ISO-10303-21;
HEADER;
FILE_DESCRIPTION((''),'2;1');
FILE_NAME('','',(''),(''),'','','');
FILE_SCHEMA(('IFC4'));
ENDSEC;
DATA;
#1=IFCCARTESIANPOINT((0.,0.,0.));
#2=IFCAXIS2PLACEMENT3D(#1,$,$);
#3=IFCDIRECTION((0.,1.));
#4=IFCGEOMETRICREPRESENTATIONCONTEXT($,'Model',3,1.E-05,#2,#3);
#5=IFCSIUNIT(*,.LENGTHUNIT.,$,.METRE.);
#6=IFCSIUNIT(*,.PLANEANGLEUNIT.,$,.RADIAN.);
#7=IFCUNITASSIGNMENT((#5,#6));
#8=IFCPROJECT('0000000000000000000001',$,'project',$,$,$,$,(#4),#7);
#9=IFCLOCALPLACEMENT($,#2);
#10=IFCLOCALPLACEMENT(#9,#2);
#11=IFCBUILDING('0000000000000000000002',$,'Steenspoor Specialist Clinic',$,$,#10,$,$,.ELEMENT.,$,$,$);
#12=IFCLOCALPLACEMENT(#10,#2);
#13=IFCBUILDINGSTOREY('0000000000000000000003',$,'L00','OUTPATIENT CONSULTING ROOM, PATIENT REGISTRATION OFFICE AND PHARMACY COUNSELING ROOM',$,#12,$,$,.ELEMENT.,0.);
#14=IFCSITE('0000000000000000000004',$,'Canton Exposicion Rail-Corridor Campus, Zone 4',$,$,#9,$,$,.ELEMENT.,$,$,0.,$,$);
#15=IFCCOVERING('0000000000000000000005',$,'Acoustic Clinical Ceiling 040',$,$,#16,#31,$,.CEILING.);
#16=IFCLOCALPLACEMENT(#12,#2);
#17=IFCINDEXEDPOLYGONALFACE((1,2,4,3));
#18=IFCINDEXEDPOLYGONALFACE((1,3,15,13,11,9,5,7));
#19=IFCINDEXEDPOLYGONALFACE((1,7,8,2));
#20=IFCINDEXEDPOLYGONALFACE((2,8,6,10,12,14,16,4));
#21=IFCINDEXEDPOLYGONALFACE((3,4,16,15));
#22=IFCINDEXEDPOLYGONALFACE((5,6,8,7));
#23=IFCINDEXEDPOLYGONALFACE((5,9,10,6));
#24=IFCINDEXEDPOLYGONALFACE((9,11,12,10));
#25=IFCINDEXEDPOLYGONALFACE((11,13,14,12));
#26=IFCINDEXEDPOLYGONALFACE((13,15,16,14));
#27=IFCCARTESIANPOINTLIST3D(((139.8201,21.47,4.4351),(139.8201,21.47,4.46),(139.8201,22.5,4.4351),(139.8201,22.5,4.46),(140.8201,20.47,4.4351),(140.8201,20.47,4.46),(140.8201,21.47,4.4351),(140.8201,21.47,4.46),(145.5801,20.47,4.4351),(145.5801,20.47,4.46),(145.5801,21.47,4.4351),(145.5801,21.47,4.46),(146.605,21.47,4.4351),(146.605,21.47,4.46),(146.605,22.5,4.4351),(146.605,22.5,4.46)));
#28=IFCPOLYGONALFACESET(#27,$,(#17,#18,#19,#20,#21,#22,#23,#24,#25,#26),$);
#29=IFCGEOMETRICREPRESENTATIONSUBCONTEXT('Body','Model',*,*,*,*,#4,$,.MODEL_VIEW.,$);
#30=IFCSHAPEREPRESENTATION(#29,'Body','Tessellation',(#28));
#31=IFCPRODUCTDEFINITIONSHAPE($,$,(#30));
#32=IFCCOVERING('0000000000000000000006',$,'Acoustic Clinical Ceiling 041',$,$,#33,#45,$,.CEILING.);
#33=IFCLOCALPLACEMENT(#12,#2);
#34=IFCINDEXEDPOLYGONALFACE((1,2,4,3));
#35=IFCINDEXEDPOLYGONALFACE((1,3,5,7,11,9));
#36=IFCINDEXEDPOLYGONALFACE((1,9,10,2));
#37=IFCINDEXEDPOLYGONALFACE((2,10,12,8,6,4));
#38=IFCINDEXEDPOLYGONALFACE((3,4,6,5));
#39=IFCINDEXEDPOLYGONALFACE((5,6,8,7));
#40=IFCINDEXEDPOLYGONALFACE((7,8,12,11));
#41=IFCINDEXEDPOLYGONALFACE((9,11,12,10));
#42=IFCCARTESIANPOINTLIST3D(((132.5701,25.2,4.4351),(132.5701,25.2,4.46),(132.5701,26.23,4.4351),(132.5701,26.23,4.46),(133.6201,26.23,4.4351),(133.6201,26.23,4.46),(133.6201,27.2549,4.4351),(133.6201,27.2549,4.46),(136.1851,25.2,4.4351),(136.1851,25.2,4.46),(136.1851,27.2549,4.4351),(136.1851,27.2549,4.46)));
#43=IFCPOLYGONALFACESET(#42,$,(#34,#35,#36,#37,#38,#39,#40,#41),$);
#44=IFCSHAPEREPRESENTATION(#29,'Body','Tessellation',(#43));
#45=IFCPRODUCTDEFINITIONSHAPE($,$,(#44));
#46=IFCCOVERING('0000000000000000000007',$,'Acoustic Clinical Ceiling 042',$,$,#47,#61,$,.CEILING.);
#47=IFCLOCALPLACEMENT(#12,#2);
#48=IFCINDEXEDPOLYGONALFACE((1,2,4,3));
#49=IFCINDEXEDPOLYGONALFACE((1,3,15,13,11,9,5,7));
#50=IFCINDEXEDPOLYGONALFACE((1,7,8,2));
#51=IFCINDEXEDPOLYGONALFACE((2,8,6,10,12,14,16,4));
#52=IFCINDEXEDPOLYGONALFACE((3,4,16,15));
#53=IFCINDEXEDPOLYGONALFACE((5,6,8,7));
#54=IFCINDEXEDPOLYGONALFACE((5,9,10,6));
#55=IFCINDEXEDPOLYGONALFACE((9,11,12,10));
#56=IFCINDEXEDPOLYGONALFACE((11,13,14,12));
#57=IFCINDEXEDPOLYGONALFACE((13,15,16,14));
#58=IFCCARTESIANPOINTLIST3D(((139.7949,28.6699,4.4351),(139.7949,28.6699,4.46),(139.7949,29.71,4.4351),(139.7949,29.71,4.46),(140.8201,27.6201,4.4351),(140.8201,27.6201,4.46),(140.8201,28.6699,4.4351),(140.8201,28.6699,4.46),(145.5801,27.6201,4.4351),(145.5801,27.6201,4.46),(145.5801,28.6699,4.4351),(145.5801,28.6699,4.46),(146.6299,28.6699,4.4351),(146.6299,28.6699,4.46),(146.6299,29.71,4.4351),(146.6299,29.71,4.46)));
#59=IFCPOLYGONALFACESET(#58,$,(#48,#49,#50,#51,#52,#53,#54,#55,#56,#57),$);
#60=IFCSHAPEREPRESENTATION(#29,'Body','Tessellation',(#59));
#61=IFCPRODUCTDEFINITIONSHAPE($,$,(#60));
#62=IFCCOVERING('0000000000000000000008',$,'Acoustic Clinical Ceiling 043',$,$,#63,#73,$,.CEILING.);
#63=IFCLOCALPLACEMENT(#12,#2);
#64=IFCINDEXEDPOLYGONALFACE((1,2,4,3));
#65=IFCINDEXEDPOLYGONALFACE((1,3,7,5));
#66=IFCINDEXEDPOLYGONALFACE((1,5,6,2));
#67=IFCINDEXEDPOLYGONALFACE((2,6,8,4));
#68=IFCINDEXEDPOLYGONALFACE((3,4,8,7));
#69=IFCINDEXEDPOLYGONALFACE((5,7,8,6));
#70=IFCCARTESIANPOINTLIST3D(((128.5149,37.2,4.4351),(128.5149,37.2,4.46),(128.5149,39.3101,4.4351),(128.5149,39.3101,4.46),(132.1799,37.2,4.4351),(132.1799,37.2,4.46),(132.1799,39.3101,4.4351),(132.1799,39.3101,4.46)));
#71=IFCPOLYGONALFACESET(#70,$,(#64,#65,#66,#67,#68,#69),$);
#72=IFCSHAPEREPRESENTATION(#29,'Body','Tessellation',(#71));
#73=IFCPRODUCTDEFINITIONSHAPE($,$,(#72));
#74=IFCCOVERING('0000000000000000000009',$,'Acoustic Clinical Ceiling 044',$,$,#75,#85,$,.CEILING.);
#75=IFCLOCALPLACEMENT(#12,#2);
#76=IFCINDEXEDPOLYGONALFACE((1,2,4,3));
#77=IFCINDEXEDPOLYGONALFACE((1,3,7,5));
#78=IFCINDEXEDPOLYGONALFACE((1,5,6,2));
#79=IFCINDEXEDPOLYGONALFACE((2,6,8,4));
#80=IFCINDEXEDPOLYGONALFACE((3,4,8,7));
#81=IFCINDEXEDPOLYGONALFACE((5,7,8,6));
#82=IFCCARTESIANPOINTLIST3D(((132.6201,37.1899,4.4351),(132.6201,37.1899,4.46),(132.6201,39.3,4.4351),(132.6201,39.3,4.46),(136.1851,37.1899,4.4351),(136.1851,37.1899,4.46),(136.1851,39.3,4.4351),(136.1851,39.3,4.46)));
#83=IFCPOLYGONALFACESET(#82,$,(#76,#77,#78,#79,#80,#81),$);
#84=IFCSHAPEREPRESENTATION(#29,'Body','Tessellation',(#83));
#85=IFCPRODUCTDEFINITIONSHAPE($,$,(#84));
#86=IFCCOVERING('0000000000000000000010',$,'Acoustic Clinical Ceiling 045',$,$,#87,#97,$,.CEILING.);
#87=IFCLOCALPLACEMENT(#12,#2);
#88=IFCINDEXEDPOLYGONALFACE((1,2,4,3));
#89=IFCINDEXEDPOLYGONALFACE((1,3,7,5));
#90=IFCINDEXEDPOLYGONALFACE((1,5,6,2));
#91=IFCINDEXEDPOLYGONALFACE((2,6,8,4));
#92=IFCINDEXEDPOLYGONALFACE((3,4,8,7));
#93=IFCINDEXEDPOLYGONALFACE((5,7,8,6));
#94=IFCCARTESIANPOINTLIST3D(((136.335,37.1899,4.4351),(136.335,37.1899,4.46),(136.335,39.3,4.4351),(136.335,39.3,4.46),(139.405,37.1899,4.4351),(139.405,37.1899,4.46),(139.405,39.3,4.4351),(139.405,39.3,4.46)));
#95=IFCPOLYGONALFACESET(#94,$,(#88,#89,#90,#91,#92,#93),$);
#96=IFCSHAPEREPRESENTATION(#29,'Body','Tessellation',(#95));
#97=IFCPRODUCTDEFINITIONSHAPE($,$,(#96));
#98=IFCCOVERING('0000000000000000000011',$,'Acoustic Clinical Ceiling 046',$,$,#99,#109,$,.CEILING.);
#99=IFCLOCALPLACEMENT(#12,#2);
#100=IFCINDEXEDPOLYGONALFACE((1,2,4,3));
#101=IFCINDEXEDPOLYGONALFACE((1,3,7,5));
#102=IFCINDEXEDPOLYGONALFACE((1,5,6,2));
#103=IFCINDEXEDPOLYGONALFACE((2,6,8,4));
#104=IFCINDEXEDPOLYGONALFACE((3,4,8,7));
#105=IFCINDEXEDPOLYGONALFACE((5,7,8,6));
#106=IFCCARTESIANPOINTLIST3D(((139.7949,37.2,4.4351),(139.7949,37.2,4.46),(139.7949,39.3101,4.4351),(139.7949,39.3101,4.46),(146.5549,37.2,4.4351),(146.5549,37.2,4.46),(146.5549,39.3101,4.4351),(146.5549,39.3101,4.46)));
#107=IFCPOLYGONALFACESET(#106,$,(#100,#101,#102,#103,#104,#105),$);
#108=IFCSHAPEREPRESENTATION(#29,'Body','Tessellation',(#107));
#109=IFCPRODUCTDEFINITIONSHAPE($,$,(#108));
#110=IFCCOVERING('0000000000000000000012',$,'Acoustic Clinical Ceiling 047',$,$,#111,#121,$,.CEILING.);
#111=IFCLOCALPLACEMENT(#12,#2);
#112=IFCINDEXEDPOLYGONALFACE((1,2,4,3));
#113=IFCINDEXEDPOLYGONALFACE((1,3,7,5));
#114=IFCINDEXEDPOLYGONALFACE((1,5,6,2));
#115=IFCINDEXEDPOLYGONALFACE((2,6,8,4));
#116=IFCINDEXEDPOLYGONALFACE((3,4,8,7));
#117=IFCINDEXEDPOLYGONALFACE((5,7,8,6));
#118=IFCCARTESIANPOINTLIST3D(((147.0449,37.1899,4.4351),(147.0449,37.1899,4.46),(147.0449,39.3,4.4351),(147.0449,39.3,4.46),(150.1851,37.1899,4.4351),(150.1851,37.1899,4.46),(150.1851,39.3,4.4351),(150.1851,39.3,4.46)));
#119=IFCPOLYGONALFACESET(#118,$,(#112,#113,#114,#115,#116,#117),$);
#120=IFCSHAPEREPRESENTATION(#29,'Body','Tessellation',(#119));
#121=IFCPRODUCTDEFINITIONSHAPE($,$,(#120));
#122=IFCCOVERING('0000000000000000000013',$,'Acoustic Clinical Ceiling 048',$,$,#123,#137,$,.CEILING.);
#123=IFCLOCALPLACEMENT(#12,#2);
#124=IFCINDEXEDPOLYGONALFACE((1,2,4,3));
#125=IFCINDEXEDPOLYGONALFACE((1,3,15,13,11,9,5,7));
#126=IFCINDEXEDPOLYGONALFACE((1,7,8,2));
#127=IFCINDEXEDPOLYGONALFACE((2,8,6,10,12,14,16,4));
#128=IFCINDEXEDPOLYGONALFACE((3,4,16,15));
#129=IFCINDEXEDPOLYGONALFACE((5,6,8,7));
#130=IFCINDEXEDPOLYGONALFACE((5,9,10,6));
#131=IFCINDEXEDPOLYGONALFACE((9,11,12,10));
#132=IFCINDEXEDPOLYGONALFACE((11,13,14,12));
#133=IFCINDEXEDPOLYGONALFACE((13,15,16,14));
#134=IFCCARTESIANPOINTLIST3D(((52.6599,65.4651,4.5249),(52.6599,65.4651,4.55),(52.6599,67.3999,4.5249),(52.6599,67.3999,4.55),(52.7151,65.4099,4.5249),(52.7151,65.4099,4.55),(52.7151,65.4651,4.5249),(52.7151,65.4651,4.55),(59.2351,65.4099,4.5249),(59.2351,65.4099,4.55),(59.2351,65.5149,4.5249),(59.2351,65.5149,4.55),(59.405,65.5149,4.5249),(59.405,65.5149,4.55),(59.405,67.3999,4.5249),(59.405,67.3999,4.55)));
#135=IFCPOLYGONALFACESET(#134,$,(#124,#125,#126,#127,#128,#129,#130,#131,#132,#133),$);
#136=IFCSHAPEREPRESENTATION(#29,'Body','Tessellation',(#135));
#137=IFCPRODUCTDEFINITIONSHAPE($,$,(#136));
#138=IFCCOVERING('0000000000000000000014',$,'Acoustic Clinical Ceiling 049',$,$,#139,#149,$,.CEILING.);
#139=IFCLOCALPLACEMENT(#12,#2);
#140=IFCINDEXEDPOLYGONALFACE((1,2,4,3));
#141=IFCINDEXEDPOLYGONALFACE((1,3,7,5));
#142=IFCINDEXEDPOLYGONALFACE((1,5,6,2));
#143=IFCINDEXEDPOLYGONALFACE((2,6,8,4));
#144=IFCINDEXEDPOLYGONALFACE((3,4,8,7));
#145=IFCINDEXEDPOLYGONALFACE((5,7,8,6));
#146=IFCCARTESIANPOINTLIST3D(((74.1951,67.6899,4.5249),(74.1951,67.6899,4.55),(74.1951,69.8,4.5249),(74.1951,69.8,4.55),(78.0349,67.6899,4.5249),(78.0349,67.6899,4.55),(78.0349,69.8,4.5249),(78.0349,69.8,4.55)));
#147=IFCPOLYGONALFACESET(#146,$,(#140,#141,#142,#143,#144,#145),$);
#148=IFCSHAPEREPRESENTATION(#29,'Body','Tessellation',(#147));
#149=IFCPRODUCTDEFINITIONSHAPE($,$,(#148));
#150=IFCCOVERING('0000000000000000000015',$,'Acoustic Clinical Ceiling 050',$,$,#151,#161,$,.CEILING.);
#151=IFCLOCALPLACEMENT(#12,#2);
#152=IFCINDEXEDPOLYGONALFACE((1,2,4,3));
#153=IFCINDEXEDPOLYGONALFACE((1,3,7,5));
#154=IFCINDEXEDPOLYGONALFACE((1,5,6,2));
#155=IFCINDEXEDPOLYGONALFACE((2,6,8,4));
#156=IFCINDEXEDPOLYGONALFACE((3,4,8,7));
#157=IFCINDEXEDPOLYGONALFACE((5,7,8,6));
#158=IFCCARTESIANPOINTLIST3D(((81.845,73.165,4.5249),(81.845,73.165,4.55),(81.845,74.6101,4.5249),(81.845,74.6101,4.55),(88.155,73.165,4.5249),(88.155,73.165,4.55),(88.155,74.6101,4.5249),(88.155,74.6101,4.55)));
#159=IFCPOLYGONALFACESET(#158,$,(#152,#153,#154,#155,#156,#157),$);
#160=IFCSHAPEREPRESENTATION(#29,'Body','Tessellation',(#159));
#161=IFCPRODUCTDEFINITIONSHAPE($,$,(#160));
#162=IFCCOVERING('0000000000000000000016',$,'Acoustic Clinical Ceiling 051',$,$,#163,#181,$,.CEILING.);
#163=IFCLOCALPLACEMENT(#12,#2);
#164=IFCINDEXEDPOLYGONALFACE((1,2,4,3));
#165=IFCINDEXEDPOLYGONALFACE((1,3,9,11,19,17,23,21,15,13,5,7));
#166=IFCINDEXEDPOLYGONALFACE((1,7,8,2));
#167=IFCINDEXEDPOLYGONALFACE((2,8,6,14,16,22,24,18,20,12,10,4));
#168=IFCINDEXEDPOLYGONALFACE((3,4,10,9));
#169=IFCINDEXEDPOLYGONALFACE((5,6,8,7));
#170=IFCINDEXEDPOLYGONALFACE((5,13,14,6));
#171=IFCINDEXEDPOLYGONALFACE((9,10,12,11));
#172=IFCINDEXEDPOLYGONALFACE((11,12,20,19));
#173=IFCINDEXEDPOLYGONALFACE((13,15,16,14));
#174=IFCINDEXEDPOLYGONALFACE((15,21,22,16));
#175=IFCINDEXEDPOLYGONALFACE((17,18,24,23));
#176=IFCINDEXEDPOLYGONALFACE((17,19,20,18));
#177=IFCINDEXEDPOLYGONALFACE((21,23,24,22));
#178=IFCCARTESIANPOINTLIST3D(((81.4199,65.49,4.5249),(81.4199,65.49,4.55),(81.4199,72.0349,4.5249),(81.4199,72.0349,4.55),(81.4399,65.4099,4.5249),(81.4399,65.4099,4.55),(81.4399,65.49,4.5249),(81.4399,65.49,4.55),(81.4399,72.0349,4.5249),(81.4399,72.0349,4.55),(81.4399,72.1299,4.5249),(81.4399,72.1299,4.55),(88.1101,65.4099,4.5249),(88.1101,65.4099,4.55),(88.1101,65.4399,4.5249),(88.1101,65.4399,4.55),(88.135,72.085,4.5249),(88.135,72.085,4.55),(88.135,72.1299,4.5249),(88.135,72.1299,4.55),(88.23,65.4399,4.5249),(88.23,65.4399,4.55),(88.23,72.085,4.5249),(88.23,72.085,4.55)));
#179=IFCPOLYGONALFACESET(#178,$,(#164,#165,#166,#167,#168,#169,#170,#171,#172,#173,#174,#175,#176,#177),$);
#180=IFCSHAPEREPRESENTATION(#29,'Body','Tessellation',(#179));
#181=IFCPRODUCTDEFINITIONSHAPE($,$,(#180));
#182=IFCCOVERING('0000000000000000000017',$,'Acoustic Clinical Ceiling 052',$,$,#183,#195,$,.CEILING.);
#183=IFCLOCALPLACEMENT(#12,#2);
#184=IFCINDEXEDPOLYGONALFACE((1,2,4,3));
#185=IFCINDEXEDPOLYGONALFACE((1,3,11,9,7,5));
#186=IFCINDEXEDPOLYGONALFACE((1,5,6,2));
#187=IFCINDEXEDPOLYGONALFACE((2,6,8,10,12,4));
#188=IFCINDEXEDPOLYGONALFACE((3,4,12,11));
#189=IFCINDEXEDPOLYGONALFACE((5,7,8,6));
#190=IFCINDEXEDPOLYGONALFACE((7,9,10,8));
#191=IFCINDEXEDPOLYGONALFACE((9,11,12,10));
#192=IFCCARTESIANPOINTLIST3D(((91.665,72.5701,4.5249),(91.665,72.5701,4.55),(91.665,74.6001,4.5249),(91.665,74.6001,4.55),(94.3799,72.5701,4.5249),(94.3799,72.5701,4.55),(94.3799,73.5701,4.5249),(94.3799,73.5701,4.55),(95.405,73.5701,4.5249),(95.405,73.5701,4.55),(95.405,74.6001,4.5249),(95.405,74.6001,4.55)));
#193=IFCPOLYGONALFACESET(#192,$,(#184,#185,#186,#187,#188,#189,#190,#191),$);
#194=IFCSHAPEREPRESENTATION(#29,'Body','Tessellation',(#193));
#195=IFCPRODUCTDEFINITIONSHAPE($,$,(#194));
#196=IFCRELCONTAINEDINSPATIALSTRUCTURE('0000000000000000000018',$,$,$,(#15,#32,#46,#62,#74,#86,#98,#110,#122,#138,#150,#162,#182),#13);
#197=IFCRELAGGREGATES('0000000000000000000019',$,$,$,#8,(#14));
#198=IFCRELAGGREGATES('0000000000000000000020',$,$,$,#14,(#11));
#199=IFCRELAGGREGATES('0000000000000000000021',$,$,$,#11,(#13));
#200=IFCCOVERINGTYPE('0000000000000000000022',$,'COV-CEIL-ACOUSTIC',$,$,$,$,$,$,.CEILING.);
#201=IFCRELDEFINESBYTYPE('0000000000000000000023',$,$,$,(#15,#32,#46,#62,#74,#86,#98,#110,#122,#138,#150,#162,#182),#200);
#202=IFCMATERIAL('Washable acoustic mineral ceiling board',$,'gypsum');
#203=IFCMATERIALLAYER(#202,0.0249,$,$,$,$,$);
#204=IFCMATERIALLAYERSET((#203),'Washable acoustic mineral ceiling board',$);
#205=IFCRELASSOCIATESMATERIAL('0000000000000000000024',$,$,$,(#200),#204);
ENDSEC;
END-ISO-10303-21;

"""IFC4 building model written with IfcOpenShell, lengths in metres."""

from ifc_helpers import new_model, si_unit, direction, frame, origin, place, context, subcontext, project, spatial, polyline, outline, extrude, material, layer, layer_set, type_object, element, save


model = new_model("IFC4")

# Units and contexts
model_context = context("Model", 3, precision=1e-05, world=origin(), true_north=direction((0.0, 1.0)))
body_context = subcontext(model_context, "Body", "Model", "MODEL_VIEW")
ifc_project = project(units=[si_unit("LENGTHUNIT", "METRE"), si_unit("PLANEANGLEUNIT", "RADIAN")], contexts=[model_context])

# Site, building, storey
site_placement = place(None, origin())
site = spatial("IfcSite", under=ifc_project, at=site_placement, Name="Canton Exposicion Rail-Corridor Campus, Zone 4", CompositionType="ELEMENT", RefElevation=0.0)
building_placement = place(site_placement, origin())
building = spatial("IfcBuilding", under=site, at=building_placement, Name="Steenspoor Specialist Clinic", CompositionType="ELEMENT")
storey_placement = place(building_placement, origin())
storey = spatial("IfcBuildingStorey", under=building, at=storey_placement, Name="L00", Description="OUTPATIENT CONSULTING ROOM, PATIENT REGISTRATION OFFICE AND PHARMACY COUNSELING ROOM", CompositionType="ELEMENT", Elevation=0.0)

# Coverings
ifc_material_1 = material(Name="Washable acoustic mineral ceiling board", Category="gypsum")
ifc_layer_1 = layer(ifc_material_1, 0.0249)
ifc_layer_set_1 = layer_set([ifc_layer_1], Name="Washable acoustic mineral ceiling board")
covering_type_1 = type_object("IfcCoveringType", Name="COV-CEIL-ACOUSTIC", PredefinedType="CEILING", material=ifc_layer_set_1)
covering_1_placement = place(storey_placement, frame((0.0, 0.0, 4.4351)))
element("IfcCovering", 1, at=covering_1_placement, inside=storey, type_object=covering_type_1, Name="Acoustic Clinical Ceiling 040", PredefinedType="CEILING", context=body_context, shape_type="SweptSolid", body=[
    extrude(outline(polyline([(146.605, 22.5), (146.605, 21.47), (145.5801, 21.47), (145.5801, 20.47), (140.8201, 20.47), (140.8201, 21.47), (139.8201, 21.47), (139.8201, 22.5), (146.605, 22.5)])), origin(), (0.0, 0.0, 1.0), 0.0249),
])
covering_2_placement = place(storey_placement, frame((0.0, 0.0, 4.4351)))
element("IfcCovering", 2, at=covering_2_placement, inside=storey, type_object=covering_type_1, Name="Acoustic Clinical Ceiling 041", PredefinedType="CEILING", context=body_context, shape_type="SweptSolid", body=[
    extrude(outline(polyline([(136.1851, 25.2), (132.5701, 25.2), (132.5701, 26.23), (133.6201, 26.23), (133.6201, 27.2549), (136.1851, 27.2549), (136.1851, 25.2)])), origin(), (0.0, 0.0, 1.0), 0.0249),
])
covering_3_placement = place(storey_placement, frame((0.0, 0.0, 4.4351)))
element("IfcCovering", 3, at=covering_3_placement, inside=storey, type_object=covering_type_1, Name="Acoustic Clinical Ceiling 042", PredefinedType="CEILING", context=body_context, shape_type="SweptSolid", body=[
    extrude(outline(polyline([(145.5801, 28.6699), (145.5801, 27.6201), (140.8201, 27.6201), (140.8201, 28.6699), (139.7949, 28.6699), (139.7949, 29.71), (146.6299, 29.71), (146.6299, 28.6699), (145.5801, 28.6699)])), origin(), (0.0, 0.0, 1.0), 0.0249),
])
covering_4_placement = place(storey_placement, frame((0.0, 0.0, 4.4351)))
element("IfcCovering", 4, at=covering_4_placement, inside=storey, type_object=covering_type_1, Name="Acoustic Clinical Ceiling 043", PredefinedType="CEILING", context=body_context, shape_type="SweptSolid", body=[
    extrude(outline(polyline([(128.5149, 39.3101), (132.1799, 39.3101), (132.1799, 37.2), (128.5149, 37.2), (128.5149, 39.3101)])), origin(), (0.0, 0.0, 1.0), 0.0249),
])
covering_5_placement = place(storey_placement, frame((0.0, 0.0, 4.4351)))
element("IfcCovering", 5, at=covering_5_placement, inside=storey, type_object=covering_type_1, Name="Acoustic Clinical Ceiling 044", PredefinedType="CEILING", context=body_context, shape_type="SweptSolid", body=[
    extrude(outline(polyline([(136.1851, 37.1899), (132.6201, 37.1899), (132.6201, 39.3), (136.1851, 39.3), (136.1851, 37.1899)])), origin(), (0.0, 0.0, 1.0), 0.0249),
])
covering_6_placement = place(storey_placement, frame((0.0, 0.0, 4.4351)))
element("IfcCovering", 6, at=covering_6_placement, inside=storey, type_object=covering_type_1, Name="Acoustic Clinical Ceiling 045", PredefinedType="CEILING", context=body_context, shape_type="SweptSolid", body=[
    extrude(outline(polyline([(136.335, 39.3), (139.405, 39.3), (139.405, 37.1899), (136.335, 37.1899), (136.335, 39.3)])), origin(), (0.0, 0.0, 1.0), 0.0249),
])
covering_7_placement = place(storey_placement, frame((0.0, 0.0, 4.4351)))
element("IfcCovering", 7, at=covering_7_placement, inside=storey, type_object=covering_type_1, Name="Acoustic Clinical Ceiling 046", PredefinedType="CEILING", context=body_context, shape_type="SweptSolid", body=[
    extrude(outline(polyline([(139.7949, 37.2), (139.7949, 39.3101), (146.5549, 39.3101), (146.5549, 37.2), (139.7949, 37.2)])), origin(), (0.0, 0.0, 1.0), 0.0249),
])
covering_8_placement = place(storey_placement, frame((0.0, 0.0, 4.4351)))
element("IfcCovering", 8, at=covering_8_placement, inside=storey, type_object=covering_type_1, Name="Acoustic Clinical Ceiling 047", PredefinedType="CEILING", context=body_context, shape_type="SweptSolid", body=[
    extrude(outline(polyline([(150.1851, 37.1899), (147.0449, 37.1899), (147.0449, 39.3), (150.1851, 39.3), (150.1851, 37.1899)])), origin(), (0.0, 0.0, 1.0), 0.0249),
])
covering_9_placement = place(storey_placement, frame((0.0, 0.0, 4.5249)))
element("IfcCovering", 9, at=covering_9_placement, inside=storey, type_object=covering_type_1, Name="Acoustic Clinical Ceiling 048", PredefinedType="CEILING", context=body_context, shape_type="SweptSolid", body=[
    extrude(outline(polyline([(52.7151, 65.4099), (52.7151, 65.4651), (52.6599, 65.4651), (52.6599, 67.3999), (59.405, 67.3999), (59.405, 65.5149), (59.2351, 65.5149), (59.2351, 65.4099), (52.7151, 65.4099)])), origin(), (0.0, 0.0, 1.0), 0.0251),
])
covering_10_placement = place(storey_placement, frame((0.0, 0.0, 4.5249)))
element("IfcCovering", 10, at=covering_10_placement, inside=storey, type_object=covering_type_1, Name="Acoustic Clinical Ceiling 049", PredefinedType="CEILING", context=body_context, shape_type="SweptSolid", body=[
    extrude(outline(polyline([(78.0349, 67.6899), (74.1951, 67.6899), (74.1951, 69.8), (78.0349, 69.8), (78.0349, 67.6899)])), origin(), (0.0, 0.0, 1.0), 0.0251),
])
covering_11_placement = place(storey_placement, frame((0.0, 0.0, 4.5249)))
element("IfcCovering", 11, at=covering_11_placement, inside=storey, type_object=covering_type_1, Name="Acoustic Clinical Ceiling 050", PredefinedType="CEILING", context=body_context, shape_type="SweptSolid", body=[
    extrude(outline(polyline([(81.845, 73.165), (81.845, 74.6101), (88.155, 74.6101), (88.155, 73.165), (81.845, 73.165)])), origin(), (0.0, 0.0, 1.0), 0.0251),
])
covering_12_placement = place(storey_placement, frame((0.0, 0.0, 4.5249)))
element("IfcCovering", 12, at=covering_12_placement, inside=storey, type_object=covering_type_1, Name="Acoustic Clinical Ceiling 051", PredefinedType="CEILING", context=body_context, shape_type="SweptSolid", body=[
    extrude(outline(polyline([(81.4399, 65.4099), (81.4399, 65.49), (81.4199, 65.49), (81.4199, 72.0349), (81.4399, 72.0349), (81.4399, 72.1299), (88.135, 72.1299), (88.135, 72.085), (88.23, 72.085), (88.23, 65.4399), (88.1101, 65.4399), (88.1101, 65.4099), (81.4399, 65.4099)])), origin(), (0.0, 0.0, 1.0), 0.0251),
])
covering_13_placement = place(storey_placement, frame((0.0, 0.0, 4.5249)))
element("IfcCovering", 13, at=covering_13_placement, inside=storey, type_object=covering_type_1, Name="Acoustic Clinical Ceiling 052", PredefinedType="CEILING", context=body_context, shape_type="SweptSolid", body=[
    extrude(outline(polyline([(91.665, 74.6001), (95.405, 74.6001), (95.405, 73.5701), (94.3799, 73.5701), (94.3799, 72.5701), (91.665, 72.5701), (91.665, 74.6001)])), origin(), (0.0, 0.0, 1.0), 0.0251),
])

save(model, "model.ifc")
